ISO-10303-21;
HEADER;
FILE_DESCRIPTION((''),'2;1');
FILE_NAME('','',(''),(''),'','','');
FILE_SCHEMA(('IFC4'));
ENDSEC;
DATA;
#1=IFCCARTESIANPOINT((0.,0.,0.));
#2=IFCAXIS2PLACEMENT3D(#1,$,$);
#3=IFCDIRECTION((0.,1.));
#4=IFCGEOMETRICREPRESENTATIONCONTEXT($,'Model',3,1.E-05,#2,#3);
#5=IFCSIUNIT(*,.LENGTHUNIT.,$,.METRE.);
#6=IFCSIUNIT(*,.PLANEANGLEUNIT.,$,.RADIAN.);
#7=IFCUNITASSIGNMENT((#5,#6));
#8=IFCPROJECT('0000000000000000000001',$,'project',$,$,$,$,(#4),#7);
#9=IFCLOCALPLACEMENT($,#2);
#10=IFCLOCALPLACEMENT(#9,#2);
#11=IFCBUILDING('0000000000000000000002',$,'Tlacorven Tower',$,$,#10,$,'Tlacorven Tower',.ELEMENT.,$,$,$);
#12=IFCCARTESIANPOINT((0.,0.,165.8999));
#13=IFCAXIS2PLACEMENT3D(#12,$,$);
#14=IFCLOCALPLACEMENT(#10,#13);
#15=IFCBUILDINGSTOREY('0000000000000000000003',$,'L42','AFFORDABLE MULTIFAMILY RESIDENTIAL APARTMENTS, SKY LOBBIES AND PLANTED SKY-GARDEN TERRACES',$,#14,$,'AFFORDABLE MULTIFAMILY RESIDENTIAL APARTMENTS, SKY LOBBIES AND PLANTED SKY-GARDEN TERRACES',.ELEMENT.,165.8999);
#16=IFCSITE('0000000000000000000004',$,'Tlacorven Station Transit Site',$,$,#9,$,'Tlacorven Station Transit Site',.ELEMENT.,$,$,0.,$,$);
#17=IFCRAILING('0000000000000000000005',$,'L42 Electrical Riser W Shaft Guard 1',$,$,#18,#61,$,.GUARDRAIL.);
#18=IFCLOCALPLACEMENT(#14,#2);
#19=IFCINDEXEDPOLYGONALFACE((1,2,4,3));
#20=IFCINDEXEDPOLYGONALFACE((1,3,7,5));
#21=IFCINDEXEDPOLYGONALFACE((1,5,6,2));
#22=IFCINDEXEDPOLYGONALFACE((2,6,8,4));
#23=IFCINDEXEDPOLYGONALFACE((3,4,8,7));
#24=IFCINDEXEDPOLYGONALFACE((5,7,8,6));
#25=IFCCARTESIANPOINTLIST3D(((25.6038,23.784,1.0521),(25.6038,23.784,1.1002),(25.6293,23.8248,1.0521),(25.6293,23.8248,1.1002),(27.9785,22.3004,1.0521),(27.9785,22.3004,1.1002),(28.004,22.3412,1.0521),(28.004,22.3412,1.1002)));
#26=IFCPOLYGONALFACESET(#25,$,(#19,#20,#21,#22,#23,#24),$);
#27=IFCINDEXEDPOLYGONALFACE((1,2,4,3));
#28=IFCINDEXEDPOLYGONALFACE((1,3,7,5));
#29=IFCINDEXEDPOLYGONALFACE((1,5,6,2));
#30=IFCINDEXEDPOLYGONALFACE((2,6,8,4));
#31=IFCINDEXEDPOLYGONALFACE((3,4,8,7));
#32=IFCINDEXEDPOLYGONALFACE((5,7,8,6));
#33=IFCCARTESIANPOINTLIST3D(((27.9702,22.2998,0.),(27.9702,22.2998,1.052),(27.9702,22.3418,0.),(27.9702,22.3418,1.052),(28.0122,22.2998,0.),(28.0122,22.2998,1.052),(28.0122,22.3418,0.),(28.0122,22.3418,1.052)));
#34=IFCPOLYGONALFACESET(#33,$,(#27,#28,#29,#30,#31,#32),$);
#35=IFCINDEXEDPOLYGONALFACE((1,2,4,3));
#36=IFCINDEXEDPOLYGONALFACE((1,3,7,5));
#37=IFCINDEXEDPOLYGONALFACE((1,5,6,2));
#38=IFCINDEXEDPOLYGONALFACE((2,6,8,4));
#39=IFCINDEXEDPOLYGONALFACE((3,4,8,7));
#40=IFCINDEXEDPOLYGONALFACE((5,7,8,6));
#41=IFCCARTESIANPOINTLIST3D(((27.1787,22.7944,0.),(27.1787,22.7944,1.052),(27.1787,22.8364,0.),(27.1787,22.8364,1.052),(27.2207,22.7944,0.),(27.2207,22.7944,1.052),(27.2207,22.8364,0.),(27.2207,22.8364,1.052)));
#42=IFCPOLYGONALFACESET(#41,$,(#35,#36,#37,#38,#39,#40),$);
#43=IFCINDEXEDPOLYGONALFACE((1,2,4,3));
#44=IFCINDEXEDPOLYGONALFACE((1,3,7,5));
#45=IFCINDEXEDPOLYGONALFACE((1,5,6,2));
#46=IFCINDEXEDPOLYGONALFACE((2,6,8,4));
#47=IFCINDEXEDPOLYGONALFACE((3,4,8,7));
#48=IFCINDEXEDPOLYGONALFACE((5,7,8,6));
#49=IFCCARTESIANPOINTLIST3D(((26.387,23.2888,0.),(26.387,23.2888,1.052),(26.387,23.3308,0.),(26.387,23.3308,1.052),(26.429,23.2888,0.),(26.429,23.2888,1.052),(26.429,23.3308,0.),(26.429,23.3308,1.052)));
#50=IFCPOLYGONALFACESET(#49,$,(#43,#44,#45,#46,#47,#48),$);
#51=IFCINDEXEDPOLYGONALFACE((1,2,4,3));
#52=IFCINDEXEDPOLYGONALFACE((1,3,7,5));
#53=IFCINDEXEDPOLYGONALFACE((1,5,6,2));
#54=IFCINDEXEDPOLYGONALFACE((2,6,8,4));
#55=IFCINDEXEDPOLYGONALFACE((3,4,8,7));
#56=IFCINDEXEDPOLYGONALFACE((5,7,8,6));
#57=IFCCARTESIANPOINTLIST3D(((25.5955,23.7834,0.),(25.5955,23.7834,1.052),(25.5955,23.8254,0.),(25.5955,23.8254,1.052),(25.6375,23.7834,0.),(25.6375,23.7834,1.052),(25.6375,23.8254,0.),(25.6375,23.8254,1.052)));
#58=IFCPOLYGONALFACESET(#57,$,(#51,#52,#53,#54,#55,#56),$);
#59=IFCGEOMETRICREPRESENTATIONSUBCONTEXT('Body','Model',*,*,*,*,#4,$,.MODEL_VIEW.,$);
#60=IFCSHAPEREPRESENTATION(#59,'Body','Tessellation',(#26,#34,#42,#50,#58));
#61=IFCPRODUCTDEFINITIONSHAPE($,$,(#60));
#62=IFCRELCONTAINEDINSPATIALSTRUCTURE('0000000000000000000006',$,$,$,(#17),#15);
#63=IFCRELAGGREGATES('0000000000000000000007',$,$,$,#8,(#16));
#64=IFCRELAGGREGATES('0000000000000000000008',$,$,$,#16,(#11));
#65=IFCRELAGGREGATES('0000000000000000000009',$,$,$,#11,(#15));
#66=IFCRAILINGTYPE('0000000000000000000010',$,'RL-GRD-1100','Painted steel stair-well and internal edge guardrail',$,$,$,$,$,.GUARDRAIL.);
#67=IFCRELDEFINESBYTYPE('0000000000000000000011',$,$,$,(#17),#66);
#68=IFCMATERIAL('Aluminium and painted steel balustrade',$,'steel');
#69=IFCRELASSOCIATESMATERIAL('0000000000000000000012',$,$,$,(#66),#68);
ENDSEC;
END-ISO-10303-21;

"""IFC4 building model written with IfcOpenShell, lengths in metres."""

from ifc_helpers import new_model, si_unit, direction, frame, origin, origin_2d, place, context, subcontext, project, spatial, rectangle, extrude, source, transform, mapped, material, type_object, element, save


model = new_model("IFC4")

# Units and contexts
model_context = context("Model", 3, precision=1e-05, world=origin(), true_north=direction((0.0, 1.0)))
body_context = subcontext(model_context, "Body", "Model", "MODEL_VIEW")
ifc_project = project(units=[si_unit("LENGTHUNIT", "METRE"), si_unit("PLANEANGLEUNIT", "RADIAN")], contexts=[model_context])

# Site, building, storey
site_placement = place(None, origin())
site = spatial("IfcSite", under=ifc_project, at=site_placement, Name="Tlacorven Station Transit Site", LongName="Tlacorven Station Transit Site", CompositionType="ELEMENT", RefElevation=0.0)
building_placement = place(site_placement, origin())
building = spatial("IfcBuilding", under=site, at=building_placement, Name="Tlacorven Tower", LongName="Tlacorven Tower", CompositionType="ELEMENT")
storey_placement = place(building_placement, frame((0.0, 0.0, 165.8999)))
storey = spatial("IfcBuildingStorey", under=building, at=storey_placement, Name="L42", Description="AFFORDABLE MULTIFAMILY RESIDENTIAL APARTMENTS, SKY LOBBIES AND PLANTED SKY-GARDEN TERRACES", LongName="AFFORDABLE MULTIFAMILY RESIDENTIAL APARTMENTS, SKY LOBBIES AND PLANTED SKY-GARDEN TERRACES", CompositionType="ELEMENT", Elevation=165.8999)

# Railing
ifc_material_1 = material(Name="Aluminium and painted steel balustrade", Category="steel")
railing_type = type_object("IfcRailingType", Name="RL-GRD-1100", Description="Painted steel stair-well and internal edge guardrail", PredefinedType="GUARDRAIL", material=ifc_material_1)
shared_shape_1 = source(origin(), body_context, "Body", "SweptSolid", [
    extrude(rectangle(XDim=0.0481, YDim=0.0481, at=origin_2d()), frame((0.0, 0.0, 1.0762), z_axis=(-0.848091, 0.52985, 0.0), x_axis=(-0.52985, -0.848091, 0.0)), (0.0, 0.0, 1.0), 2.8),
    extrude(rectangle(XDim=0.042, YDim=0.042, at=origin_2d()), origin(), (0.0, 0.0, 1.0), 1.052),
    extrude(rectangle(XDim=0.042, YDim=0.042, at=origin_2d()), frame((-0.7915, 0.4946, 0.0)), (0.0, 0.0, 1.0), 1.052),
    extrude(rectangle(XDim=0.042, YDim=0.042, at=origin_2d()), frame((-1.5833, 0.989, 0.0)), (0.0, 0.0, 1.0), 1.052),
    extrude(rectangle(XDim=0.042, YDim=0.042, at=origin_2d()), frame((-2.3748, 1.4836, 0.0)), (0.0, 0.0, 1.0), 1.052),
])
railing_placement = place(storey_placement, frame((27.9912, 22.3208, 0.0)))
element("IfcRailing", 1, at=railing_placement, inside=storey, type_object=railing_type, Name="L42 Electrical Riser W Shaft Guard 1", PredefinedType="GUARDRAIL", context=body_context, shape_type="MappedRepresentation", body=[
    mapped(shared_shape_1, transform((0.0, 0.0, 0.0), scale=1.0)),
])

save(model, "model.ifc")
